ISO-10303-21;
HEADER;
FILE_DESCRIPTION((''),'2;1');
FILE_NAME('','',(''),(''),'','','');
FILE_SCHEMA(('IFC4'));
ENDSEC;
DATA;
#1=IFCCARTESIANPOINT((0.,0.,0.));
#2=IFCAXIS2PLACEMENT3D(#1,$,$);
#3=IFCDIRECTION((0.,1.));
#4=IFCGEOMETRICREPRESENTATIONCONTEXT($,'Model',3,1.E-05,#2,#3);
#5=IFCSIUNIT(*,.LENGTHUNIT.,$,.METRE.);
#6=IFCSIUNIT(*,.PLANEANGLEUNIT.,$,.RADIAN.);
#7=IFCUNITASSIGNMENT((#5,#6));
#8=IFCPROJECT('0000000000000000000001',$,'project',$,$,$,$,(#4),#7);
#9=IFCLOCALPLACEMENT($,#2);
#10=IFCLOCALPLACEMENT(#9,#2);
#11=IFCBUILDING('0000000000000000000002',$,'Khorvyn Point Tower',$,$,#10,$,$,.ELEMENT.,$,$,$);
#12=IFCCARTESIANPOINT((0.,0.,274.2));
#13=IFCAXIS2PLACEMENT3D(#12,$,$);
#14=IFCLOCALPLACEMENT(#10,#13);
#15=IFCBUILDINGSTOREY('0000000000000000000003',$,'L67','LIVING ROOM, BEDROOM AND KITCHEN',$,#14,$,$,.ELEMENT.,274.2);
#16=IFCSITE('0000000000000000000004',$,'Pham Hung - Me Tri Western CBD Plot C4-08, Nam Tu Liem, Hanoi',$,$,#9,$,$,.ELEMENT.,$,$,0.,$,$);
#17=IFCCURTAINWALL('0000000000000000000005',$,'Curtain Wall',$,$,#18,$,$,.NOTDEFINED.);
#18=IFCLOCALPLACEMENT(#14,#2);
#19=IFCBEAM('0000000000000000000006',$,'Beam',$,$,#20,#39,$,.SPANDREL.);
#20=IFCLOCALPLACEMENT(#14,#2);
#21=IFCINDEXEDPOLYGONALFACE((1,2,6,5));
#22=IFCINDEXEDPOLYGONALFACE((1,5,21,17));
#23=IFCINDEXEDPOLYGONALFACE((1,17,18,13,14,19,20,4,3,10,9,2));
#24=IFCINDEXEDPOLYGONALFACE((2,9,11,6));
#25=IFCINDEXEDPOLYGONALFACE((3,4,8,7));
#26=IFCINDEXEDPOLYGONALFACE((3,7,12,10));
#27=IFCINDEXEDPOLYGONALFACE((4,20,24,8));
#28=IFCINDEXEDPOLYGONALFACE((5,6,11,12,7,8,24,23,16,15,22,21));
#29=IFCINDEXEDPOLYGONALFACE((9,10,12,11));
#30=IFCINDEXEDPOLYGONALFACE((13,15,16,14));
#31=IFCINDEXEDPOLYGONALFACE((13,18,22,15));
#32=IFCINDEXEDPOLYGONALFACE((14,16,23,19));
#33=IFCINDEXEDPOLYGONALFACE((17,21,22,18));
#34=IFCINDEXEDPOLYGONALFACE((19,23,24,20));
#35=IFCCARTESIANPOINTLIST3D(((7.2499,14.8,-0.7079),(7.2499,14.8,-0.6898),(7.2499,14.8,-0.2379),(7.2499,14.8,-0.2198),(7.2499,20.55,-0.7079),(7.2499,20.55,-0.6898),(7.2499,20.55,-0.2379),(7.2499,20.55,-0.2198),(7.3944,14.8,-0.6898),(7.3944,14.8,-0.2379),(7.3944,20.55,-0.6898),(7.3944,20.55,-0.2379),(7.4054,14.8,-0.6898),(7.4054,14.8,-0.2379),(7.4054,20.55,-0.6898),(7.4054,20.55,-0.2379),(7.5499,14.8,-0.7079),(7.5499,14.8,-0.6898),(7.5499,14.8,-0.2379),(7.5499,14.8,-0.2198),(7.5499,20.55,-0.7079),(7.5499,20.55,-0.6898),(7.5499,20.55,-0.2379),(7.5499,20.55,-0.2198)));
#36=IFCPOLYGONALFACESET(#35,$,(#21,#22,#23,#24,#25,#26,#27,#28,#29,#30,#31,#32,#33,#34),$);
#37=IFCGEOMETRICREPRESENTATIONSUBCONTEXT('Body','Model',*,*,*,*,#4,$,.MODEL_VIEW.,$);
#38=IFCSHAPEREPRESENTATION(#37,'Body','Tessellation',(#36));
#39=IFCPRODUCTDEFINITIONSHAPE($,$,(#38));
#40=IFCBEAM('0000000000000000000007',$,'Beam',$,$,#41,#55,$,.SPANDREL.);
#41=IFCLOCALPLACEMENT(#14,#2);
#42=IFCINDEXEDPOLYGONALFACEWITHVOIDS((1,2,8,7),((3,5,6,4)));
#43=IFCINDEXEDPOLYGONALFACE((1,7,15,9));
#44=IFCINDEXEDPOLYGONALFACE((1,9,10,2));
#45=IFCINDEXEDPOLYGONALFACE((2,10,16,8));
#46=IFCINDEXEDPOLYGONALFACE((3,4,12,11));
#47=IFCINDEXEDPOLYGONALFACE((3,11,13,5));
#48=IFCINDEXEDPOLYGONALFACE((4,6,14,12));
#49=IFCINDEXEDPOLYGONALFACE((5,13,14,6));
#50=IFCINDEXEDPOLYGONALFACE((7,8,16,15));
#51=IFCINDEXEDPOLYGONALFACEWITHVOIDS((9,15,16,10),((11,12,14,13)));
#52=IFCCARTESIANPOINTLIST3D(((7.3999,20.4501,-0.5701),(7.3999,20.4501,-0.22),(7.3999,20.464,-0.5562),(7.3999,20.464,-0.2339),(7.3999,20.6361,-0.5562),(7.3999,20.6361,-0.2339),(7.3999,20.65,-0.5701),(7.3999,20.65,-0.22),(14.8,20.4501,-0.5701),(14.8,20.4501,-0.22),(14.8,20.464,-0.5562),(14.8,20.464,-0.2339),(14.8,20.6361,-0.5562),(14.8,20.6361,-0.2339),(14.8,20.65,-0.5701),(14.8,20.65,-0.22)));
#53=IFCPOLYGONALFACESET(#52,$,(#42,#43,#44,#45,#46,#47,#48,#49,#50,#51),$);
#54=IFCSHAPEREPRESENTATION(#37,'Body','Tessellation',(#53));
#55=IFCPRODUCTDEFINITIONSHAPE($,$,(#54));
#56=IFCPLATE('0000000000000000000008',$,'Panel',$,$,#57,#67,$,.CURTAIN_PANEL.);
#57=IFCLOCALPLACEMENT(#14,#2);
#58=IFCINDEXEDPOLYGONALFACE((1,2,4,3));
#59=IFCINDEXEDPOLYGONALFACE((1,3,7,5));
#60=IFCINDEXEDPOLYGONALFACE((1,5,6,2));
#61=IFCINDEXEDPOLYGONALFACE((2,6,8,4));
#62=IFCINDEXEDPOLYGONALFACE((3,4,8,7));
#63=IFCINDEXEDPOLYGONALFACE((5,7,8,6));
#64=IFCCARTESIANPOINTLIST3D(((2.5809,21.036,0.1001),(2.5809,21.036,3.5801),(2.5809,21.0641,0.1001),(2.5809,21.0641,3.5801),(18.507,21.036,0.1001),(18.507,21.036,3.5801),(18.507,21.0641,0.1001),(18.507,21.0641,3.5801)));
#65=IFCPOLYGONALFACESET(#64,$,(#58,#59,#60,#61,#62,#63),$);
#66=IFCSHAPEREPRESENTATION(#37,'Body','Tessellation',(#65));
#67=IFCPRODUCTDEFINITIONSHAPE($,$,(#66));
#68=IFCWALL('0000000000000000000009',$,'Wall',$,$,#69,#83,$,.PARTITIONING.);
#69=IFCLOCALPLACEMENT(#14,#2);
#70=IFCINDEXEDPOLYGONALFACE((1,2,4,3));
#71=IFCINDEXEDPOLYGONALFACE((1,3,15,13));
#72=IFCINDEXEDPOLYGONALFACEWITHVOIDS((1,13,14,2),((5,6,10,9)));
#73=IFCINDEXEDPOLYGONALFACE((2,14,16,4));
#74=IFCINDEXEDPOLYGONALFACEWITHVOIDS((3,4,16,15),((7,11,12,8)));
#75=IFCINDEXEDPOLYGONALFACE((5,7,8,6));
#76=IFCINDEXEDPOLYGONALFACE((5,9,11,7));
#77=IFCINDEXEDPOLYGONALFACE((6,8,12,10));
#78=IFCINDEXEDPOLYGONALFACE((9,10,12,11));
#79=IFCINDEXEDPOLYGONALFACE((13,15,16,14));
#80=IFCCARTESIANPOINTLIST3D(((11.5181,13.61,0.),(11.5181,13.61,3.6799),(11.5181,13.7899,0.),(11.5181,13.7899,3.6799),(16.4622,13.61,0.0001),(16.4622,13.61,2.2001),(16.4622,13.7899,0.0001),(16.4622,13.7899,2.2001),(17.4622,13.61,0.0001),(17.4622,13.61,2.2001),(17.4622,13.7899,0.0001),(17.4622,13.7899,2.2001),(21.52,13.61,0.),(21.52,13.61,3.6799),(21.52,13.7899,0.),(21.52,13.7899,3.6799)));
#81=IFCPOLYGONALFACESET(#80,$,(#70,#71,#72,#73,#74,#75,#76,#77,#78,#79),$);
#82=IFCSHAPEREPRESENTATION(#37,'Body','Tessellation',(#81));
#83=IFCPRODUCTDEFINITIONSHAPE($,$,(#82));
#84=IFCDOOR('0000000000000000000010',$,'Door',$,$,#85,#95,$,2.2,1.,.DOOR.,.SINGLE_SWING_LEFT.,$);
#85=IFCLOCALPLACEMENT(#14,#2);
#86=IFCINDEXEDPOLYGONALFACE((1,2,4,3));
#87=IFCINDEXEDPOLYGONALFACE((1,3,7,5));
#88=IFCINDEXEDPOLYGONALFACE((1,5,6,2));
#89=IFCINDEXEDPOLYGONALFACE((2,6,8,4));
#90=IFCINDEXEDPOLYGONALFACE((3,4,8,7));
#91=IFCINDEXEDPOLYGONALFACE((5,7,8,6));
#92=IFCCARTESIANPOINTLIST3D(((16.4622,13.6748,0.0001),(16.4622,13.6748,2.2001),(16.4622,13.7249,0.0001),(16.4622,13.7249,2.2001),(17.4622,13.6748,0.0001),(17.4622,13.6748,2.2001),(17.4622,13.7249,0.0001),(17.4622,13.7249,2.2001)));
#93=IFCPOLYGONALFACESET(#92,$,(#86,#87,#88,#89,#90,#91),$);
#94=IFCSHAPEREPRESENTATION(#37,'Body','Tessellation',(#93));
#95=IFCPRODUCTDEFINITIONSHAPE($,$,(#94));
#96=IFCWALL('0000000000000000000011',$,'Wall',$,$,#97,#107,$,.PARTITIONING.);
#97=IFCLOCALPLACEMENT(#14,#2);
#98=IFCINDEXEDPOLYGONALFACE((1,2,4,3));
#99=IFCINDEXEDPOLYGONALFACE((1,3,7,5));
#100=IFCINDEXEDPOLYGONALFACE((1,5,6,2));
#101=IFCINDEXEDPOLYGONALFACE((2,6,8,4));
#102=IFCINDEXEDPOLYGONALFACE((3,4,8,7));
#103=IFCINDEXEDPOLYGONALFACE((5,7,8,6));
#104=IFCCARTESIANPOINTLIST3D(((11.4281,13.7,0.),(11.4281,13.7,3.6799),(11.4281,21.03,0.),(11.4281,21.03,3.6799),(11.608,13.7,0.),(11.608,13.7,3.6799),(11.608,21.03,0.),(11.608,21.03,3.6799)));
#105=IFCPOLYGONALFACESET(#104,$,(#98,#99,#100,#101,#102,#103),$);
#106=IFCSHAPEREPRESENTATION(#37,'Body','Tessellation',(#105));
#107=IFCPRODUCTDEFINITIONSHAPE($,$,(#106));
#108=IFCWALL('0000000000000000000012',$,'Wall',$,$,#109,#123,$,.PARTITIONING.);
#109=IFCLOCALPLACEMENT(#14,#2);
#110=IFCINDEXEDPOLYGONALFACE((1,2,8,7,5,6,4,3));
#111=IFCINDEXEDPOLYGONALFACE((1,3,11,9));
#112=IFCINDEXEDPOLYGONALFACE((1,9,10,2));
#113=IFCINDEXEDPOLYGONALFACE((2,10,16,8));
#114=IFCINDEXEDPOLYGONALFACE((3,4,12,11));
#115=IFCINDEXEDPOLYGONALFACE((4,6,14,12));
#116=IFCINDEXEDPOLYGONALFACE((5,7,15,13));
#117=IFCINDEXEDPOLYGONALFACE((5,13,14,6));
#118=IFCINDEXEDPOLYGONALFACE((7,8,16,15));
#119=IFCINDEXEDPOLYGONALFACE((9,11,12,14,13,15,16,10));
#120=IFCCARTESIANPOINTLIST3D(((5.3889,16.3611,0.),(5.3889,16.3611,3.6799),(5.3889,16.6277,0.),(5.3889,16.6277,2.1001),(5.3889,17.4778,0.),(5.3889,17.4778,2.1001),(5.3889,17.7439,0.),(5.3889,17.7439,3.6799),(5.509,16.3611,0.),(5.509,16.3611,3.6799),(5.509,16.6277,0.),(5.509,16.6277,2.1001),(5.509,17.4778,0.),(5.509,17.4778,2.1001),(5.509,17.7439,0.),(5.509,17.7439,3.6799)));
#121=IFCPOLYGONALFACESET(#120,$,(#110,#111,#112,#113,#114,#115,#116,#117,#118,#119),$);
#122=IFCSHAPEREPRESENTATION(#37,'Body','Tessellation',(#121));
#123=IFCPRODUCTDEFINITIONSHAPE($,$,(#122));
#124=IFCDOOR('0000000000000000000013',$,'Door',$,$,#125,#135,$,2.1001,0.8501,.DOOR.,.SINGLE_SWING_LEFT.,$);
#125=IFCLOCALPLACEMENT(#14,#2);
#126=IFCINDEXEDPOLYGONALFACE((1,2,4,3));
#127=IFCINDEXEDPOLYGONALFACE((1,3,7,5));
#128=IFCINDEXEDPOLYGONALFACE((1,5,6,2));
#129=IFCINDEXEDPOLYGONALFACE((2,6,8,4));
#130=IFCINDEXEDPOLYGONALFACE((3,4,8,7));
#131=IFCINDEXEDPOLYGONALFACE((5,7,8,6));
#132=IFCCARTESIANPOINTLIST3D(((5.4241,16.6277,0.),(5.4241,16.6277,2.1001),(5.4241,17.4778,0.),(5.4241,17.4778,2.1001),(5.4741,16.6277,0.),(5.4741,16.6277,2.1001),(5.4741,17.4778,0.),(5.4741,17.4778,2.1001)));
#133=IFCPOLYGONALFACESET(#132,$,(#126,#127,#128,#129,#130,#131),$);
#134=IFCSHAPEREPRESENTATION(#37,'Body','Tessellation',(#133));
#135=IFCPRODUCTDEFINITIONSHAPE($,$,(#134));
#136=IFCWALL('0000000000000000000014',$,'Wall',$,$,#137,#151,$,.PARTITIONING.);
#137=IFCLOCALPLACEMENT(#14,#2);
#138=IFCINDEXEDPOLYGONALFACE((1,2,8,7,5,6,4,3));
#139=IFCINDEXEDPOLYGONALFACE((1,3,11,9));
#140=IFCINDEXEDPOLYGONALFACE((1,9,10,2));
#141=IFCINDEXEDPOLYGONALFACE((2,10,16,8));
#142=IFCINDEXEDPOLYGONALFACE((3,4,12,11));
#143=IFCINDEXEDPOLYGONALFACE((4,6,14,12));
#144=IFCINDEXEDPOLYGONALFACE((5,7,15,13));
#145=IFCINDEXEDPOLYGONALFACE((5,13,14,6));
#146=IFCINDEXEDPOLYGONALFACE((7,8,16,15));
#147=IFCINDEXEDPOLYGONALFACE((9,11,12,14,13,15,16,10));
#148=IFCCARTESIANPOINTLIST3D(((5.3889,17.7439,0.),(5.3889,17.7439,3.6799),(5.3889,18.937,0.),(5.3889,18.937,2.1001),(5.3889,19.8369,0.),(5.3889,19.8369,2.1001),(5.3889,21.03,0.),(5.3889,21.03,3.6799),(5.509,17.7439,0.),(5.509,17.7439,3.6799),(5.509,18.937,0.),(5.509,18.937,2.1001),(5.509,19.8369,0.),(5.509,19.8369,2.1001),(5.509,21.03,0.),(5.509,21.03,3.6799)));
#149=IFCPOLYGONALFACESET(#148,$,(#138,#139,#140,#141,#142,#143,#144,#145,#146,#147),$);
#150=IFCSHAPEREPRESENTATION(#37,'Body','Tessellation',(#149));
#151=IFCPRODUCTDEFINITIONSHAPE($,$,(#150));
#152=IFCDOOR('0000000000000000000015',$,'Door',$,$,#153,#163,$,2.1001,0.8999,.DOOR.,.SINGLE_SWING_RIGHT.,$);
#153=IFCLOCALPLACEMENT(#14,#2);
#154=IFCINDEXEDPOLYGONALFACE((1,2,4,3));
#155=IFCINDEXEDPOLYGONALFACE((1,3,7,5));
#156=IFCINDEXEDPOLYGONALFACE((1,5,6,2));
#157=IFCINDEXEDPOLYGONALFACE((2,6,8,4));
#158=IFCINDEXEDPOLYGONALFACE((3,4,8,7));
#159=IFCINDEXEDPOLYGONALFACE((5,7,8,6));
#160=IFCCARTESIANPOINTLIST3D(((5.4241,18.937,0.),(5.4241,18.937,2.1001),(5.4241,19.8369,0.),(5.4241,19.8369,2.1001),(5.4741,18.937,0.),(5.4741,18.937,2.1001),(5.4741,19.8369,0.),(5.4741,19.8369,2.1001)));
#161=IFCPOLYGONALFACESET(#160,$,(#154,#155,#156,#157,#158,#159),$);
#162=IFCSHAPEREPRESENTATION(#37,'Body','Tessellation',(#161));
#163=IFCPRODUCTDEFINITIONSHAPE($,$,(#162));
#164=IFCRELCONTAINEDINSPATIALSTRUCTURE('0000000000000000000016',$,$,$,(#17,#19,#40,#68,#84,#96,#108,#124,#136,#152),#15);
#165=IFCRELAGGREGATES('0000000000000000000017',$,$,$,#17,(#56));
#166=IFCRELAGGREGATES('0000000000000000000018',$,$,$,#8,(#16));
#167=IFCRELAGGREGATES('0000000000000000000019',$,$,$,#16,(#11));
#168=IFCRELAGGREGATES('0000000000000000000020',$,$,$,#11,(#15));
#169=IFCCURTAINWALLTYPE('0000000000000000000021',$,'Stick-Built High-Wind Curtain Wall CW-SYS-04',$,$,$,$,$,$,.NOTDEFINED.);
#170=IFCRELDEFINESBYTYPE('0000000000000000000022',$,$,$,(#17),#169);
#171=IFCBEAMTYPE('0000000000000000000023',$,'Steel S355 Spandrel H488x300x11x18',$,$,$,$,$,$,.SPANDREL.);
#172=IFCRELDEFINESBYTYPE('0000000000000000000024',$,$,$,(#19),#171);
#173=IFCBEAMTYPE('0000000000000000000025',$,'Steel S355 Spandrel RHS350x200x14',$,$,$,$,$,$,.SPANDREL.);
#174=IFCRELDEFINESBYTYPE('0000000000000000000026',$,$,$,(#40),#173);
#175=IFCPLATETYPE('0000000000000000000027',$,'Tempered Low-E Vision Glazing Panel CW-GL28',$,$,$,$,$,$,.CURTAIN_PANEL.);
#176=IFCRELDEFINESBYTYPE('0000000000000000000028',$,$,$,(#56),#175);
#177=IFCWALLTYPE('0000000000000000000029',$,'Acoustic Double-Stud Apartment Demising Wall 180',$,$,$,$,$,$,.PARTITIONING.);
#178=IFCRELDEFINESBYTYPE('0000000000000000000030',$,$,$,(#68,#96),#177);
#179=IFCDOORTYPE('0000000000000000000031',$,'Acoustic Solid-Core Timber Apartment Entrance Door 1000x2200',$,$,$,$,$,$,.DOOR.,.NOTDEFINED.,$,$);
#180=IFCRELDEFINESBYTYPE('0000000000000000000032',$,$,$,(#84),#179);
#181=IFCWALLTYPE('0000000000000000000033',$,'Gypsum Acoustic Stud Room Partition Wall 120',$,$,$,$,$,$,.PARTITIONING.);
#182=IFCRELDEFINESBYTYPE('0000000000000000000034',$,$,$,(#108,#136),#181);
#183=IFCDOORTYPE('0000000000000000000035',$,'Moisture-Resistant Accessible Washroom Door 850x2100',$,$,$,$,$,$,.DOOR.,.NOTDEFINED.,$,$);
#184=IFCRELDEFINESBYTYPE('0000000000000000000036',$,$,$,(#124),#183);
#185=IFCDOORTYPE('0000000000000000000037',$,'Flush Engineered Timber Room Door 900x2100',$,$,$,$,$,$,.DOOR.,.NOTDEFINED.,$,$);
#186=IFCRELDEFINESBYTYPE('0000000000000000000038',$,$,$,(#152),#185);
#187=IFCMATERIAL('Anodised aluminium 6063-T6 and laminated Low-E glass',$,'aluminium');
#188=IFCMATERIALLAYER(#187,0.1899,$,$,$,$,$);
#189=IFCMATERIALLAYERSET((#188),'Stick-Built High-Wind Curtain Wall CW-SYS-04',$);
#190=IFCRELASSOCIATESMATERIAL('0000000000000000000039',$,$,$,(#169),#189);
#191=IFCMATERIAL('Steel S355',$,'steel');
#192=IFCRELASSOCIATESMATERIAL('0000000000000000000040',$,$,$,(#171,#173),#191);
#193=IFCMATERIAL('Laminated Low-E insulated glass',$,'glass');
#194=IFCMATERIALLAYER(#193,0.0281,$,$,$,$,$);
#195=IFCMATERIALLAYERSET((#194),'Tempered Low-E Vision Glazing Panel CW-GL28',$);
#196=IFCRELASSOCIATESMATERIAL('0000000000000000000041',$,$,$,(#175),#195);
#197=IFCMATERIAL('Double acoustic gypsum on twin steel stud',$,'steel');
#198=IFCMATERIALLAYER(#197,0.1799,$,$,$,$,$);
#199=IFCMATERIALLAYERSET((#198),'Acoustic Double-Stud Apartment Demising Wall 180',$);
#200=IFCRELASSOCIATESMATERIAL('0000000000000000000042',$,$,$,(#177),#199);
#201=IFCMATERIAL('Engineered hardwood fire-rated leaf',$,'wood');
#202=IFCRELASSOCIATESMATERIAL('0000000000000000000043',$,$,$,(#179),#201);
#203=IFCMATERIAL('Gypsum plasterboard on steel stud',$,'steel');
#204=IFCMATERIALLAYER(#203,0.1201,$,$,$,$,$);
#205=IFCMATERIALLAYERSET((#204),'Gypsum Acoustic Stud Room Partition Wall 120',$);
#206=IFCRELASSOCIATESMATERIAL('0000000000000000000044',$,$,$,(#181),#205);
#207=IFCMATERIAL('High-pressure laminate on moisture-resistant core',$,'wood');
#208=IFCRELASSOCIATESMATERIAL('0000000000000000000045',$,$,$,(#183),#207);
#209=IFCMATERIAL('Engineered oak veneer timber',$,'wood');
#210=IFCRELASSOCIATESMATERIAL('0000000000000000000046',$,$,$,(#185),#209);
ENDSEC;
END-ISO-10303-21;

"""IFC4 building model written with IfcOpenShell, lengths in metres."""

from ifc_helpers import new_model, si_unit, direction, frame, frame_2d, origin, origin_2d, place, context, subcontext, project, spatial, rectangle, hollow_rectangle, i_section, extrude, material, layer, layer_set, material_profile, profile_set, type_object, element, fill, aggregate, save


model = new_model("IFC4")

# Units and contexts
model_context = context("Model", 3, precision=1e-05, world=origin(), true_north=direction((0.0, 1.0)))
body_context = subcontext(model_context, "Body", "Model", "MODEL_VIEW")
ifc_project = project(units=[si_unit("LENGTHUNIT", "METRE"), si_unit("PLANEANGLEUNIT", "RADIAN")], contexts=[model_context])

# Site, building, storey
site_placement = place(None, origin())
site = spatial("IfcSite", under=ifc_project, at=site_placement, Name="Pham Hung - Me Tri Western CBD Plot C4-08, Nam Tu Liem, Hanoi", CompositionType="ELEMENT", RefElevation=0.0)
building_placement = place(site_placement, origin())
building = spatial("IfcBuilding", under=site, at=building_placement, Name="Khorvyn Point Tower", CompositionType="ELEMENT")
storey_placement = place(building_placement, frame((0.0, 0.0, 274.2)))
storey = spatial("IfcBuildingStorey", under=building, at=storey_placement, Name="L67", Description="LIVING ROOM, BEDROOM AND KITCHEN", CompositionType="ELEMENT", Elevation=274.2)

# Shared definitions
ifc_material_1 = material(Name="Steel S355", Category="steel")

# Curtain wall
ifc_material_2 = material(Name="Anodised aluminium 6063-T6 and laminated Low-E glass", Category="aluminium")
ifc_layer_1 = layer(ifc_material_2, 0.1899)
ifc_layer_set_1 = layer_set([ifc_layer_1], Name="Stick-Built High-Wind Curtain Wall CW-SYS-04")
curtain_wall_type = type_object("IfcCurtainWallType", Name="Stick-Built High-Wind Curtain Wall CW-SYS-04", PredefinedType="NOTDEFINED", material=ifc_layer_set_1)
curtain_wall_placement = place(storey_placement, origin())
curtain_wall = element("IfcCurtainWall", 1, at=curtain_wall_placement, inside=storey, type_object=curtain_wall_type, Name="Curtain Wall", PredefinedType="NOTDEFINED")

# Beams
ifc_material_profile_1 = material_profile(ifc_material_1, i_section(OverallWidth=0.3, OverallDepth=0.488, WebThickness=0.011, FlangeThickness=0.0181, at=origin_2d()))
ifc_profile_set_1 = profile_set([ifc_material_profile_1], Name="Steel S355 H488x300x11x18")
beam_type_1 = type_object("IfcBeamType", Name="Steel S355 Spandrel H488x300x11x18", PredefinedType="SPANDREL", material=ifc_profile_set_1)
for number, where, z_axis, x_axis, name in (
    (2, (7.3999, 14.8, -0.4639), (0.0, 1.0, 0.0), (-1.0, 0.0, 0.0), "Beam"),
):
    element("IfcBeam", number, at=place(storey_placement, frame(where, z_axis=z_axis, x_axis=x_axis)), inside=storey, type_object=beam_type_1, Name=name, PredefinedType="SPANDREL", context=body_context, shape_type="SweptSolid", body=[
        extrude(i_section(OverallWidth=0.3, OverallDepth=0.488, WebThickness=0.011, FlangeThickness=0.0181, at=origin_2d()), origin(), (0.0, 0.0, 1.0), 5.75),
    ])
ifc_material_profile_2 = material_profile(ifc_material_1, hollow_rectangle(XDim=0.2, YDim=0.3501, WallThickness=0.0139, at=origin_2d()))
ifc_profile_set_2 = profile_set([ifc_material_profile_2], Name="Steel S355 RHS350x200x14")
beam_type_2 = type_object("IfcBeamType", Name="Steel S355 Spandrel RHS350x200x14", PredefinedType="SPANDREL", material=ifc_profile_set_2)
beam_1_placement = place(storey_placement, frame((7.3999, 20.55, -0.395), z_axis=(1.0, 0.0, 0.0), x_axis=(0.0, 1.0, 0.0)))
element("IfcBeam", 3, at=beam_1_placement, inside=storey, type_object=beam_type_2, Name="Beam", PredefinedType="SPANDREL", context=body_context, shape_type="SweptSolid", body=[
    extrude(hollow_rectangle(XDim=0.2, YDim=0.3501, WallThickness=0.0139, at=origin_2d()), origin(), (0.0, 0.0, 1.0), 7.4001),
])

# Plate
ifc_material_3 = material(Name="Laminated Low-E insulated glass", Category="glass")
ifc_layer_2 = layer(ifc_material_3, 0.0281)
ifc_layer_set_2 = layer_set([ifc_layer_2], Name="Tempered Low-E Vision Glazing Panel CW-GL28")
plate_type = type_object("IfcPlateType", Name="Tempered Low-E Vision Glazing Panel CW-GL28", PredefinedType="CURTAIN_PANEL", material=ifc_layer_set_2)
plate_placement = place(storey_placement, frame((10.5439, 21.05, 0.1001), z_axis=(0.0, 0.0, 1.0), x_axis=(1.0, 0.0, 0.0)))
plate = element("IfcPlate", 4, at=plate_placement, type_object=plate_type, Name="Panel", PredefinedType="CURTAIN_PANEL", context=body_context, shape_type="SweptSolid", body=[
    extrude(rectangle(XDim=15.926, YDim=0.0281, at=origin_2d()), origin(), (0.0, 0.0, 1.0), 3.48),
])
aggregate(curtain_wall, [plate])

# Wall, opening, door
ifc_material_4 = material(Name="Double acoustic gypsum on twin steel stud", Category="steel")
ifc_layer_3 = layer(ifc_material_4, 0.1799)
ifc_layer_set_3 = layer_set([ifc_layer_3], Name="Acoustic Double-Stud Apartment Demising Wall 180")
wall_type_1 = type_object("IfcWallType", Name="Acoustic Double-Stud Apartment Demising Wall 180", PredefinedType="PARTITIONING", material=ifc_layer_set_3)
wall_1_placement = place(storey_placement, frame((11.5181, 13.7, 0.0), z_axis=(0.0, 0.0, 1.0), x_axis=(1.0, 0.0, 0.0)))
wall_1 = element("IfcWall", 5, at=wall_1_placement, inside=storey, type_object=wall_type_1, Name="Wall", PredefinedType="PARTITIONING", context=body_context, shape_type="SweptSolid", body=[
    extrude(rectangle(XDim=10.002, YDim=0.1799, at=frame_2d((5.001, 0.0))), origin(), (0.0, 0.0, 1.0), 3.6799),
])
opening_1_placement = place(wall_1_placement, frame((4.9441, 0.0, 0.0)))
opening_1 = element("IfcOpeningElement", 6, at=opening_1_placement, cuts=wall_1, PredefinedType="OPENING", context=body_context, shape_type="SweptSolid", body=[
    extrude(rectangle(XDim=1.0, YDim=2.2, at=frame_2d((0.5, 1.1001))), frame((0.0, 0.0999, 0.0), z_axis=(0.0, -1.0, 0.0), x_axis=(1.0, 0.0, 0.0)), (0.0, 0.0, 1.0), 0.2),
])
ifc_material_5 = material(Name="Engineered hardwood fire-rated leaf", Category="wood")
door_type_1 = type_object("IfcDoorType", Name="Acoustic Solid-Core Timber Apartment Entrance Door 1000x2200", OperationType="NOTDEFINED", PredefinedType="DOOR", material=ifc_material_5)
door_1_placement = place(opening_1_placement, origin())
door_1 = element("IfcDoor", 7, at=door_1_placement, inside=storey, type_object=door_type_1, Name="Door", OperationType="SINGLE_SWING_LEFT", OverallHeight=2.2, OverallWidth=1.0, PredefinedType="DOOR", context=body_context, shape_type="SweptSolid", body=[
    extrude(rectangle(XDim=1.0, YDim=2.2, at=frame_2d((0.5, 1.1001))), frame((0.0, 0.0249, 0.0), z_axis=(0.0, -1.0, 0.0), x_axis=(1.0, 0.0, 0.0)), (0.0, 0.0, 1.0), 0.05),
])
fill(opening_1, door_1)

# Wall
wall_2_placement = place(storey_placement, frame((11.5181, 13.7, 0.0), z_axis=(0.0, 0.0, 1.0), x_axis=(0.0, 1.0, 0.0)))
element("IfcWall", 8, at=wall_2_placement, inside=storey, type_object=wall_type_1, Name="Wall", PredefinedType="PARTITIONING", context=body_context, shape_type="SweptSolid", body=[
    extrude(rectangle(XDim=7.3301, YDim=0.1799, at=frame_2d((3.665, 0.0))), origin(), (0.0, 0.0, 1.0), 3.6799),
])

# Walls, openings, doors
ifc_material_6 = material(Name="Gypsum plasterboard on steel stud", Category="steel")
ifc_layer_4 = layer(ifc_material_6, 0.1201)
ifc_layer_set_4 = layer_set([ifc_layer_4], Name="Gypsum Acoustic Stud Room Partition Wall 120")
wall_type_2 = type_object("IfcWallType", Name="Gypsum Acoustic Stud Room Partition Wall 120", PredefinedType="PARTITIONING", material=ifc_layer_set_4)
wall_3_placement = place(storey_placement, frame((5.449, 16.3611, 0.0), z_axis=(0.0, 0.0, 1.0), x_axis=(0.0, 1.0, 0.0)))
wall_3 = element("IfcWall", 9, at=wall_3_placement, inside=storey, type_object=wall_type_2, Name="Wall", PredefinedType="PARTITIONING", context=body_context, shape_type="SweptSolid", body=[
    extrude(rectangle(XDim=1.3828, YDim=0.1201, at=frame_2d((0.6914, 0.0))), origin(), (0.0, 0.0, 1.0), 3.6799),
])
opening_2_placement = place(wall_3_placement, frame((0.2666, 0.0, 0.0)))
opening_2 = element("IfcOpeningElement", 10, at=opening_2_placement, cuts=wall_3, PredefinedType="OPENING", context=body_context, shape_type="SweptSolid", body=[
    extrude(rectangle(XDim=0.8501, YDim=2.1001, at=frame_2d((0.425, 1.05))), frame((0.0, 0.0701, 0.0), z_axis=(0.0, -1.0, 0.0), x_axis=(1.0, 0.0, 0.0)), (0.0, 0.0, 1.0), 0.1401),
])
ifc_material_7 = material(Name="High-pressure laminate on moisture-resistant core", Category="wood")
door_type_2 = type_object("IfcDoorType", Name="Moisture-Resistant Accessible Washroom Door 850x2100", OperationType="NOTDEFINED", PredefinedType="DOOR", material=ifc_material_7)
door_2_placement = place(opening_2_placement, origin())
door_2 = element("IfcDoor", 11, at=door_2_placement, inside=storey, type_object=door_type_2, Name="Door", OperationType="SINGLE_SWING_LEFT", OverallHeight=2.1001, OverallWidth=0.8501, PredefinedType="DOOR", context=body_context, shape_type="SweptSolid", body=[
    extrude(rectangle(XDim=0.8501, YDim=2.1001, at=frame_2d((0.425, 1.05))), frame((0.0, 0.0249, 0.0), z_axis=(0.0, -1.0, 0.0), x_axis=(1.0, 0.0, 0.0)), (0.0, 0.0, 1.0), 0.05),
])
fill(opening_2, door_2)
wall_4_placement = place(storey_placement, frame((5.449, 17.7439, 0.0), z_axis=(0.0, 0.0, 1.0), x_axis=(0.0, 1.0, 0.0)))
wall_4 = element("IfcWall", 12, at=wall_4_placement, inside=storey, type_object=wall_type_2, Name="Wall", PredefinedType="PARTITIONING", context=body_context, shape_type="SweptSolid", body=[
    extrude(rectangle(XDim=3.2861, YDim=0.1201, at=frame_2d((1.6431, 0.0))), origin(), (0.0, 0.0, 1.0), 3.6799),
])
opening_3_placement = place(wall_4_placement, frame((1.1931, 0.0, 0.0)))
opening_3 = element("IfcOpeningElement", 13, at=opening_3_placement, cuts=wall_4, PredefinedType="OPENING", context=body_context, shape_type="SweptSolid", body=[
    extrude(rectangle(XDim=0.8999, YDim=2.1001, at=frame_2d((0.45, 1.05))), frame((0.0, 0.0701, 0.0), z_axis=(0.0, -1.0, 0.0), x_axis=(1.0, 0.0, 0.0)), (0.0, 0.0, 1.0), 0.1401),
])
ifc_material_8 = material(Name="Engineered oak veneer timber", Category="wood")
door_type_3 = type_object("IfcDoorType", Name="Flush Engineered Timber Room Door 900x2100", OperationType="NOTDEFINED", PredefinedType="DOOR", material=ifc_material_8)
door_3_placement = place(opening_3_placement, origin())
door_3 = element("IfcDoor", 14, at=door_3_placement, inside=storey, type_object=door_type_3, Name="Door", OperationType="SINGLE_SWING_RIGHT", OverallHeight=2.1001, OverallWidth=0.8999, PredefinedType="DOOR", context=body_context, shape_type="SweptSolid", body=[
    extrude(rectangle(XDim=0.8999, YDim=2.1001, at=frame_2d((0.45, 1.05))), frame((0.0, 0.0249, 0.0), z_axis=(0.0, -1.0, 0.0), x_axis=(1.0, 0.0, 0.0)), (0.0, 0.0, 1.0), 0.05),
])
fill(opening_3, door_3)

save(model, "model.ifc")
